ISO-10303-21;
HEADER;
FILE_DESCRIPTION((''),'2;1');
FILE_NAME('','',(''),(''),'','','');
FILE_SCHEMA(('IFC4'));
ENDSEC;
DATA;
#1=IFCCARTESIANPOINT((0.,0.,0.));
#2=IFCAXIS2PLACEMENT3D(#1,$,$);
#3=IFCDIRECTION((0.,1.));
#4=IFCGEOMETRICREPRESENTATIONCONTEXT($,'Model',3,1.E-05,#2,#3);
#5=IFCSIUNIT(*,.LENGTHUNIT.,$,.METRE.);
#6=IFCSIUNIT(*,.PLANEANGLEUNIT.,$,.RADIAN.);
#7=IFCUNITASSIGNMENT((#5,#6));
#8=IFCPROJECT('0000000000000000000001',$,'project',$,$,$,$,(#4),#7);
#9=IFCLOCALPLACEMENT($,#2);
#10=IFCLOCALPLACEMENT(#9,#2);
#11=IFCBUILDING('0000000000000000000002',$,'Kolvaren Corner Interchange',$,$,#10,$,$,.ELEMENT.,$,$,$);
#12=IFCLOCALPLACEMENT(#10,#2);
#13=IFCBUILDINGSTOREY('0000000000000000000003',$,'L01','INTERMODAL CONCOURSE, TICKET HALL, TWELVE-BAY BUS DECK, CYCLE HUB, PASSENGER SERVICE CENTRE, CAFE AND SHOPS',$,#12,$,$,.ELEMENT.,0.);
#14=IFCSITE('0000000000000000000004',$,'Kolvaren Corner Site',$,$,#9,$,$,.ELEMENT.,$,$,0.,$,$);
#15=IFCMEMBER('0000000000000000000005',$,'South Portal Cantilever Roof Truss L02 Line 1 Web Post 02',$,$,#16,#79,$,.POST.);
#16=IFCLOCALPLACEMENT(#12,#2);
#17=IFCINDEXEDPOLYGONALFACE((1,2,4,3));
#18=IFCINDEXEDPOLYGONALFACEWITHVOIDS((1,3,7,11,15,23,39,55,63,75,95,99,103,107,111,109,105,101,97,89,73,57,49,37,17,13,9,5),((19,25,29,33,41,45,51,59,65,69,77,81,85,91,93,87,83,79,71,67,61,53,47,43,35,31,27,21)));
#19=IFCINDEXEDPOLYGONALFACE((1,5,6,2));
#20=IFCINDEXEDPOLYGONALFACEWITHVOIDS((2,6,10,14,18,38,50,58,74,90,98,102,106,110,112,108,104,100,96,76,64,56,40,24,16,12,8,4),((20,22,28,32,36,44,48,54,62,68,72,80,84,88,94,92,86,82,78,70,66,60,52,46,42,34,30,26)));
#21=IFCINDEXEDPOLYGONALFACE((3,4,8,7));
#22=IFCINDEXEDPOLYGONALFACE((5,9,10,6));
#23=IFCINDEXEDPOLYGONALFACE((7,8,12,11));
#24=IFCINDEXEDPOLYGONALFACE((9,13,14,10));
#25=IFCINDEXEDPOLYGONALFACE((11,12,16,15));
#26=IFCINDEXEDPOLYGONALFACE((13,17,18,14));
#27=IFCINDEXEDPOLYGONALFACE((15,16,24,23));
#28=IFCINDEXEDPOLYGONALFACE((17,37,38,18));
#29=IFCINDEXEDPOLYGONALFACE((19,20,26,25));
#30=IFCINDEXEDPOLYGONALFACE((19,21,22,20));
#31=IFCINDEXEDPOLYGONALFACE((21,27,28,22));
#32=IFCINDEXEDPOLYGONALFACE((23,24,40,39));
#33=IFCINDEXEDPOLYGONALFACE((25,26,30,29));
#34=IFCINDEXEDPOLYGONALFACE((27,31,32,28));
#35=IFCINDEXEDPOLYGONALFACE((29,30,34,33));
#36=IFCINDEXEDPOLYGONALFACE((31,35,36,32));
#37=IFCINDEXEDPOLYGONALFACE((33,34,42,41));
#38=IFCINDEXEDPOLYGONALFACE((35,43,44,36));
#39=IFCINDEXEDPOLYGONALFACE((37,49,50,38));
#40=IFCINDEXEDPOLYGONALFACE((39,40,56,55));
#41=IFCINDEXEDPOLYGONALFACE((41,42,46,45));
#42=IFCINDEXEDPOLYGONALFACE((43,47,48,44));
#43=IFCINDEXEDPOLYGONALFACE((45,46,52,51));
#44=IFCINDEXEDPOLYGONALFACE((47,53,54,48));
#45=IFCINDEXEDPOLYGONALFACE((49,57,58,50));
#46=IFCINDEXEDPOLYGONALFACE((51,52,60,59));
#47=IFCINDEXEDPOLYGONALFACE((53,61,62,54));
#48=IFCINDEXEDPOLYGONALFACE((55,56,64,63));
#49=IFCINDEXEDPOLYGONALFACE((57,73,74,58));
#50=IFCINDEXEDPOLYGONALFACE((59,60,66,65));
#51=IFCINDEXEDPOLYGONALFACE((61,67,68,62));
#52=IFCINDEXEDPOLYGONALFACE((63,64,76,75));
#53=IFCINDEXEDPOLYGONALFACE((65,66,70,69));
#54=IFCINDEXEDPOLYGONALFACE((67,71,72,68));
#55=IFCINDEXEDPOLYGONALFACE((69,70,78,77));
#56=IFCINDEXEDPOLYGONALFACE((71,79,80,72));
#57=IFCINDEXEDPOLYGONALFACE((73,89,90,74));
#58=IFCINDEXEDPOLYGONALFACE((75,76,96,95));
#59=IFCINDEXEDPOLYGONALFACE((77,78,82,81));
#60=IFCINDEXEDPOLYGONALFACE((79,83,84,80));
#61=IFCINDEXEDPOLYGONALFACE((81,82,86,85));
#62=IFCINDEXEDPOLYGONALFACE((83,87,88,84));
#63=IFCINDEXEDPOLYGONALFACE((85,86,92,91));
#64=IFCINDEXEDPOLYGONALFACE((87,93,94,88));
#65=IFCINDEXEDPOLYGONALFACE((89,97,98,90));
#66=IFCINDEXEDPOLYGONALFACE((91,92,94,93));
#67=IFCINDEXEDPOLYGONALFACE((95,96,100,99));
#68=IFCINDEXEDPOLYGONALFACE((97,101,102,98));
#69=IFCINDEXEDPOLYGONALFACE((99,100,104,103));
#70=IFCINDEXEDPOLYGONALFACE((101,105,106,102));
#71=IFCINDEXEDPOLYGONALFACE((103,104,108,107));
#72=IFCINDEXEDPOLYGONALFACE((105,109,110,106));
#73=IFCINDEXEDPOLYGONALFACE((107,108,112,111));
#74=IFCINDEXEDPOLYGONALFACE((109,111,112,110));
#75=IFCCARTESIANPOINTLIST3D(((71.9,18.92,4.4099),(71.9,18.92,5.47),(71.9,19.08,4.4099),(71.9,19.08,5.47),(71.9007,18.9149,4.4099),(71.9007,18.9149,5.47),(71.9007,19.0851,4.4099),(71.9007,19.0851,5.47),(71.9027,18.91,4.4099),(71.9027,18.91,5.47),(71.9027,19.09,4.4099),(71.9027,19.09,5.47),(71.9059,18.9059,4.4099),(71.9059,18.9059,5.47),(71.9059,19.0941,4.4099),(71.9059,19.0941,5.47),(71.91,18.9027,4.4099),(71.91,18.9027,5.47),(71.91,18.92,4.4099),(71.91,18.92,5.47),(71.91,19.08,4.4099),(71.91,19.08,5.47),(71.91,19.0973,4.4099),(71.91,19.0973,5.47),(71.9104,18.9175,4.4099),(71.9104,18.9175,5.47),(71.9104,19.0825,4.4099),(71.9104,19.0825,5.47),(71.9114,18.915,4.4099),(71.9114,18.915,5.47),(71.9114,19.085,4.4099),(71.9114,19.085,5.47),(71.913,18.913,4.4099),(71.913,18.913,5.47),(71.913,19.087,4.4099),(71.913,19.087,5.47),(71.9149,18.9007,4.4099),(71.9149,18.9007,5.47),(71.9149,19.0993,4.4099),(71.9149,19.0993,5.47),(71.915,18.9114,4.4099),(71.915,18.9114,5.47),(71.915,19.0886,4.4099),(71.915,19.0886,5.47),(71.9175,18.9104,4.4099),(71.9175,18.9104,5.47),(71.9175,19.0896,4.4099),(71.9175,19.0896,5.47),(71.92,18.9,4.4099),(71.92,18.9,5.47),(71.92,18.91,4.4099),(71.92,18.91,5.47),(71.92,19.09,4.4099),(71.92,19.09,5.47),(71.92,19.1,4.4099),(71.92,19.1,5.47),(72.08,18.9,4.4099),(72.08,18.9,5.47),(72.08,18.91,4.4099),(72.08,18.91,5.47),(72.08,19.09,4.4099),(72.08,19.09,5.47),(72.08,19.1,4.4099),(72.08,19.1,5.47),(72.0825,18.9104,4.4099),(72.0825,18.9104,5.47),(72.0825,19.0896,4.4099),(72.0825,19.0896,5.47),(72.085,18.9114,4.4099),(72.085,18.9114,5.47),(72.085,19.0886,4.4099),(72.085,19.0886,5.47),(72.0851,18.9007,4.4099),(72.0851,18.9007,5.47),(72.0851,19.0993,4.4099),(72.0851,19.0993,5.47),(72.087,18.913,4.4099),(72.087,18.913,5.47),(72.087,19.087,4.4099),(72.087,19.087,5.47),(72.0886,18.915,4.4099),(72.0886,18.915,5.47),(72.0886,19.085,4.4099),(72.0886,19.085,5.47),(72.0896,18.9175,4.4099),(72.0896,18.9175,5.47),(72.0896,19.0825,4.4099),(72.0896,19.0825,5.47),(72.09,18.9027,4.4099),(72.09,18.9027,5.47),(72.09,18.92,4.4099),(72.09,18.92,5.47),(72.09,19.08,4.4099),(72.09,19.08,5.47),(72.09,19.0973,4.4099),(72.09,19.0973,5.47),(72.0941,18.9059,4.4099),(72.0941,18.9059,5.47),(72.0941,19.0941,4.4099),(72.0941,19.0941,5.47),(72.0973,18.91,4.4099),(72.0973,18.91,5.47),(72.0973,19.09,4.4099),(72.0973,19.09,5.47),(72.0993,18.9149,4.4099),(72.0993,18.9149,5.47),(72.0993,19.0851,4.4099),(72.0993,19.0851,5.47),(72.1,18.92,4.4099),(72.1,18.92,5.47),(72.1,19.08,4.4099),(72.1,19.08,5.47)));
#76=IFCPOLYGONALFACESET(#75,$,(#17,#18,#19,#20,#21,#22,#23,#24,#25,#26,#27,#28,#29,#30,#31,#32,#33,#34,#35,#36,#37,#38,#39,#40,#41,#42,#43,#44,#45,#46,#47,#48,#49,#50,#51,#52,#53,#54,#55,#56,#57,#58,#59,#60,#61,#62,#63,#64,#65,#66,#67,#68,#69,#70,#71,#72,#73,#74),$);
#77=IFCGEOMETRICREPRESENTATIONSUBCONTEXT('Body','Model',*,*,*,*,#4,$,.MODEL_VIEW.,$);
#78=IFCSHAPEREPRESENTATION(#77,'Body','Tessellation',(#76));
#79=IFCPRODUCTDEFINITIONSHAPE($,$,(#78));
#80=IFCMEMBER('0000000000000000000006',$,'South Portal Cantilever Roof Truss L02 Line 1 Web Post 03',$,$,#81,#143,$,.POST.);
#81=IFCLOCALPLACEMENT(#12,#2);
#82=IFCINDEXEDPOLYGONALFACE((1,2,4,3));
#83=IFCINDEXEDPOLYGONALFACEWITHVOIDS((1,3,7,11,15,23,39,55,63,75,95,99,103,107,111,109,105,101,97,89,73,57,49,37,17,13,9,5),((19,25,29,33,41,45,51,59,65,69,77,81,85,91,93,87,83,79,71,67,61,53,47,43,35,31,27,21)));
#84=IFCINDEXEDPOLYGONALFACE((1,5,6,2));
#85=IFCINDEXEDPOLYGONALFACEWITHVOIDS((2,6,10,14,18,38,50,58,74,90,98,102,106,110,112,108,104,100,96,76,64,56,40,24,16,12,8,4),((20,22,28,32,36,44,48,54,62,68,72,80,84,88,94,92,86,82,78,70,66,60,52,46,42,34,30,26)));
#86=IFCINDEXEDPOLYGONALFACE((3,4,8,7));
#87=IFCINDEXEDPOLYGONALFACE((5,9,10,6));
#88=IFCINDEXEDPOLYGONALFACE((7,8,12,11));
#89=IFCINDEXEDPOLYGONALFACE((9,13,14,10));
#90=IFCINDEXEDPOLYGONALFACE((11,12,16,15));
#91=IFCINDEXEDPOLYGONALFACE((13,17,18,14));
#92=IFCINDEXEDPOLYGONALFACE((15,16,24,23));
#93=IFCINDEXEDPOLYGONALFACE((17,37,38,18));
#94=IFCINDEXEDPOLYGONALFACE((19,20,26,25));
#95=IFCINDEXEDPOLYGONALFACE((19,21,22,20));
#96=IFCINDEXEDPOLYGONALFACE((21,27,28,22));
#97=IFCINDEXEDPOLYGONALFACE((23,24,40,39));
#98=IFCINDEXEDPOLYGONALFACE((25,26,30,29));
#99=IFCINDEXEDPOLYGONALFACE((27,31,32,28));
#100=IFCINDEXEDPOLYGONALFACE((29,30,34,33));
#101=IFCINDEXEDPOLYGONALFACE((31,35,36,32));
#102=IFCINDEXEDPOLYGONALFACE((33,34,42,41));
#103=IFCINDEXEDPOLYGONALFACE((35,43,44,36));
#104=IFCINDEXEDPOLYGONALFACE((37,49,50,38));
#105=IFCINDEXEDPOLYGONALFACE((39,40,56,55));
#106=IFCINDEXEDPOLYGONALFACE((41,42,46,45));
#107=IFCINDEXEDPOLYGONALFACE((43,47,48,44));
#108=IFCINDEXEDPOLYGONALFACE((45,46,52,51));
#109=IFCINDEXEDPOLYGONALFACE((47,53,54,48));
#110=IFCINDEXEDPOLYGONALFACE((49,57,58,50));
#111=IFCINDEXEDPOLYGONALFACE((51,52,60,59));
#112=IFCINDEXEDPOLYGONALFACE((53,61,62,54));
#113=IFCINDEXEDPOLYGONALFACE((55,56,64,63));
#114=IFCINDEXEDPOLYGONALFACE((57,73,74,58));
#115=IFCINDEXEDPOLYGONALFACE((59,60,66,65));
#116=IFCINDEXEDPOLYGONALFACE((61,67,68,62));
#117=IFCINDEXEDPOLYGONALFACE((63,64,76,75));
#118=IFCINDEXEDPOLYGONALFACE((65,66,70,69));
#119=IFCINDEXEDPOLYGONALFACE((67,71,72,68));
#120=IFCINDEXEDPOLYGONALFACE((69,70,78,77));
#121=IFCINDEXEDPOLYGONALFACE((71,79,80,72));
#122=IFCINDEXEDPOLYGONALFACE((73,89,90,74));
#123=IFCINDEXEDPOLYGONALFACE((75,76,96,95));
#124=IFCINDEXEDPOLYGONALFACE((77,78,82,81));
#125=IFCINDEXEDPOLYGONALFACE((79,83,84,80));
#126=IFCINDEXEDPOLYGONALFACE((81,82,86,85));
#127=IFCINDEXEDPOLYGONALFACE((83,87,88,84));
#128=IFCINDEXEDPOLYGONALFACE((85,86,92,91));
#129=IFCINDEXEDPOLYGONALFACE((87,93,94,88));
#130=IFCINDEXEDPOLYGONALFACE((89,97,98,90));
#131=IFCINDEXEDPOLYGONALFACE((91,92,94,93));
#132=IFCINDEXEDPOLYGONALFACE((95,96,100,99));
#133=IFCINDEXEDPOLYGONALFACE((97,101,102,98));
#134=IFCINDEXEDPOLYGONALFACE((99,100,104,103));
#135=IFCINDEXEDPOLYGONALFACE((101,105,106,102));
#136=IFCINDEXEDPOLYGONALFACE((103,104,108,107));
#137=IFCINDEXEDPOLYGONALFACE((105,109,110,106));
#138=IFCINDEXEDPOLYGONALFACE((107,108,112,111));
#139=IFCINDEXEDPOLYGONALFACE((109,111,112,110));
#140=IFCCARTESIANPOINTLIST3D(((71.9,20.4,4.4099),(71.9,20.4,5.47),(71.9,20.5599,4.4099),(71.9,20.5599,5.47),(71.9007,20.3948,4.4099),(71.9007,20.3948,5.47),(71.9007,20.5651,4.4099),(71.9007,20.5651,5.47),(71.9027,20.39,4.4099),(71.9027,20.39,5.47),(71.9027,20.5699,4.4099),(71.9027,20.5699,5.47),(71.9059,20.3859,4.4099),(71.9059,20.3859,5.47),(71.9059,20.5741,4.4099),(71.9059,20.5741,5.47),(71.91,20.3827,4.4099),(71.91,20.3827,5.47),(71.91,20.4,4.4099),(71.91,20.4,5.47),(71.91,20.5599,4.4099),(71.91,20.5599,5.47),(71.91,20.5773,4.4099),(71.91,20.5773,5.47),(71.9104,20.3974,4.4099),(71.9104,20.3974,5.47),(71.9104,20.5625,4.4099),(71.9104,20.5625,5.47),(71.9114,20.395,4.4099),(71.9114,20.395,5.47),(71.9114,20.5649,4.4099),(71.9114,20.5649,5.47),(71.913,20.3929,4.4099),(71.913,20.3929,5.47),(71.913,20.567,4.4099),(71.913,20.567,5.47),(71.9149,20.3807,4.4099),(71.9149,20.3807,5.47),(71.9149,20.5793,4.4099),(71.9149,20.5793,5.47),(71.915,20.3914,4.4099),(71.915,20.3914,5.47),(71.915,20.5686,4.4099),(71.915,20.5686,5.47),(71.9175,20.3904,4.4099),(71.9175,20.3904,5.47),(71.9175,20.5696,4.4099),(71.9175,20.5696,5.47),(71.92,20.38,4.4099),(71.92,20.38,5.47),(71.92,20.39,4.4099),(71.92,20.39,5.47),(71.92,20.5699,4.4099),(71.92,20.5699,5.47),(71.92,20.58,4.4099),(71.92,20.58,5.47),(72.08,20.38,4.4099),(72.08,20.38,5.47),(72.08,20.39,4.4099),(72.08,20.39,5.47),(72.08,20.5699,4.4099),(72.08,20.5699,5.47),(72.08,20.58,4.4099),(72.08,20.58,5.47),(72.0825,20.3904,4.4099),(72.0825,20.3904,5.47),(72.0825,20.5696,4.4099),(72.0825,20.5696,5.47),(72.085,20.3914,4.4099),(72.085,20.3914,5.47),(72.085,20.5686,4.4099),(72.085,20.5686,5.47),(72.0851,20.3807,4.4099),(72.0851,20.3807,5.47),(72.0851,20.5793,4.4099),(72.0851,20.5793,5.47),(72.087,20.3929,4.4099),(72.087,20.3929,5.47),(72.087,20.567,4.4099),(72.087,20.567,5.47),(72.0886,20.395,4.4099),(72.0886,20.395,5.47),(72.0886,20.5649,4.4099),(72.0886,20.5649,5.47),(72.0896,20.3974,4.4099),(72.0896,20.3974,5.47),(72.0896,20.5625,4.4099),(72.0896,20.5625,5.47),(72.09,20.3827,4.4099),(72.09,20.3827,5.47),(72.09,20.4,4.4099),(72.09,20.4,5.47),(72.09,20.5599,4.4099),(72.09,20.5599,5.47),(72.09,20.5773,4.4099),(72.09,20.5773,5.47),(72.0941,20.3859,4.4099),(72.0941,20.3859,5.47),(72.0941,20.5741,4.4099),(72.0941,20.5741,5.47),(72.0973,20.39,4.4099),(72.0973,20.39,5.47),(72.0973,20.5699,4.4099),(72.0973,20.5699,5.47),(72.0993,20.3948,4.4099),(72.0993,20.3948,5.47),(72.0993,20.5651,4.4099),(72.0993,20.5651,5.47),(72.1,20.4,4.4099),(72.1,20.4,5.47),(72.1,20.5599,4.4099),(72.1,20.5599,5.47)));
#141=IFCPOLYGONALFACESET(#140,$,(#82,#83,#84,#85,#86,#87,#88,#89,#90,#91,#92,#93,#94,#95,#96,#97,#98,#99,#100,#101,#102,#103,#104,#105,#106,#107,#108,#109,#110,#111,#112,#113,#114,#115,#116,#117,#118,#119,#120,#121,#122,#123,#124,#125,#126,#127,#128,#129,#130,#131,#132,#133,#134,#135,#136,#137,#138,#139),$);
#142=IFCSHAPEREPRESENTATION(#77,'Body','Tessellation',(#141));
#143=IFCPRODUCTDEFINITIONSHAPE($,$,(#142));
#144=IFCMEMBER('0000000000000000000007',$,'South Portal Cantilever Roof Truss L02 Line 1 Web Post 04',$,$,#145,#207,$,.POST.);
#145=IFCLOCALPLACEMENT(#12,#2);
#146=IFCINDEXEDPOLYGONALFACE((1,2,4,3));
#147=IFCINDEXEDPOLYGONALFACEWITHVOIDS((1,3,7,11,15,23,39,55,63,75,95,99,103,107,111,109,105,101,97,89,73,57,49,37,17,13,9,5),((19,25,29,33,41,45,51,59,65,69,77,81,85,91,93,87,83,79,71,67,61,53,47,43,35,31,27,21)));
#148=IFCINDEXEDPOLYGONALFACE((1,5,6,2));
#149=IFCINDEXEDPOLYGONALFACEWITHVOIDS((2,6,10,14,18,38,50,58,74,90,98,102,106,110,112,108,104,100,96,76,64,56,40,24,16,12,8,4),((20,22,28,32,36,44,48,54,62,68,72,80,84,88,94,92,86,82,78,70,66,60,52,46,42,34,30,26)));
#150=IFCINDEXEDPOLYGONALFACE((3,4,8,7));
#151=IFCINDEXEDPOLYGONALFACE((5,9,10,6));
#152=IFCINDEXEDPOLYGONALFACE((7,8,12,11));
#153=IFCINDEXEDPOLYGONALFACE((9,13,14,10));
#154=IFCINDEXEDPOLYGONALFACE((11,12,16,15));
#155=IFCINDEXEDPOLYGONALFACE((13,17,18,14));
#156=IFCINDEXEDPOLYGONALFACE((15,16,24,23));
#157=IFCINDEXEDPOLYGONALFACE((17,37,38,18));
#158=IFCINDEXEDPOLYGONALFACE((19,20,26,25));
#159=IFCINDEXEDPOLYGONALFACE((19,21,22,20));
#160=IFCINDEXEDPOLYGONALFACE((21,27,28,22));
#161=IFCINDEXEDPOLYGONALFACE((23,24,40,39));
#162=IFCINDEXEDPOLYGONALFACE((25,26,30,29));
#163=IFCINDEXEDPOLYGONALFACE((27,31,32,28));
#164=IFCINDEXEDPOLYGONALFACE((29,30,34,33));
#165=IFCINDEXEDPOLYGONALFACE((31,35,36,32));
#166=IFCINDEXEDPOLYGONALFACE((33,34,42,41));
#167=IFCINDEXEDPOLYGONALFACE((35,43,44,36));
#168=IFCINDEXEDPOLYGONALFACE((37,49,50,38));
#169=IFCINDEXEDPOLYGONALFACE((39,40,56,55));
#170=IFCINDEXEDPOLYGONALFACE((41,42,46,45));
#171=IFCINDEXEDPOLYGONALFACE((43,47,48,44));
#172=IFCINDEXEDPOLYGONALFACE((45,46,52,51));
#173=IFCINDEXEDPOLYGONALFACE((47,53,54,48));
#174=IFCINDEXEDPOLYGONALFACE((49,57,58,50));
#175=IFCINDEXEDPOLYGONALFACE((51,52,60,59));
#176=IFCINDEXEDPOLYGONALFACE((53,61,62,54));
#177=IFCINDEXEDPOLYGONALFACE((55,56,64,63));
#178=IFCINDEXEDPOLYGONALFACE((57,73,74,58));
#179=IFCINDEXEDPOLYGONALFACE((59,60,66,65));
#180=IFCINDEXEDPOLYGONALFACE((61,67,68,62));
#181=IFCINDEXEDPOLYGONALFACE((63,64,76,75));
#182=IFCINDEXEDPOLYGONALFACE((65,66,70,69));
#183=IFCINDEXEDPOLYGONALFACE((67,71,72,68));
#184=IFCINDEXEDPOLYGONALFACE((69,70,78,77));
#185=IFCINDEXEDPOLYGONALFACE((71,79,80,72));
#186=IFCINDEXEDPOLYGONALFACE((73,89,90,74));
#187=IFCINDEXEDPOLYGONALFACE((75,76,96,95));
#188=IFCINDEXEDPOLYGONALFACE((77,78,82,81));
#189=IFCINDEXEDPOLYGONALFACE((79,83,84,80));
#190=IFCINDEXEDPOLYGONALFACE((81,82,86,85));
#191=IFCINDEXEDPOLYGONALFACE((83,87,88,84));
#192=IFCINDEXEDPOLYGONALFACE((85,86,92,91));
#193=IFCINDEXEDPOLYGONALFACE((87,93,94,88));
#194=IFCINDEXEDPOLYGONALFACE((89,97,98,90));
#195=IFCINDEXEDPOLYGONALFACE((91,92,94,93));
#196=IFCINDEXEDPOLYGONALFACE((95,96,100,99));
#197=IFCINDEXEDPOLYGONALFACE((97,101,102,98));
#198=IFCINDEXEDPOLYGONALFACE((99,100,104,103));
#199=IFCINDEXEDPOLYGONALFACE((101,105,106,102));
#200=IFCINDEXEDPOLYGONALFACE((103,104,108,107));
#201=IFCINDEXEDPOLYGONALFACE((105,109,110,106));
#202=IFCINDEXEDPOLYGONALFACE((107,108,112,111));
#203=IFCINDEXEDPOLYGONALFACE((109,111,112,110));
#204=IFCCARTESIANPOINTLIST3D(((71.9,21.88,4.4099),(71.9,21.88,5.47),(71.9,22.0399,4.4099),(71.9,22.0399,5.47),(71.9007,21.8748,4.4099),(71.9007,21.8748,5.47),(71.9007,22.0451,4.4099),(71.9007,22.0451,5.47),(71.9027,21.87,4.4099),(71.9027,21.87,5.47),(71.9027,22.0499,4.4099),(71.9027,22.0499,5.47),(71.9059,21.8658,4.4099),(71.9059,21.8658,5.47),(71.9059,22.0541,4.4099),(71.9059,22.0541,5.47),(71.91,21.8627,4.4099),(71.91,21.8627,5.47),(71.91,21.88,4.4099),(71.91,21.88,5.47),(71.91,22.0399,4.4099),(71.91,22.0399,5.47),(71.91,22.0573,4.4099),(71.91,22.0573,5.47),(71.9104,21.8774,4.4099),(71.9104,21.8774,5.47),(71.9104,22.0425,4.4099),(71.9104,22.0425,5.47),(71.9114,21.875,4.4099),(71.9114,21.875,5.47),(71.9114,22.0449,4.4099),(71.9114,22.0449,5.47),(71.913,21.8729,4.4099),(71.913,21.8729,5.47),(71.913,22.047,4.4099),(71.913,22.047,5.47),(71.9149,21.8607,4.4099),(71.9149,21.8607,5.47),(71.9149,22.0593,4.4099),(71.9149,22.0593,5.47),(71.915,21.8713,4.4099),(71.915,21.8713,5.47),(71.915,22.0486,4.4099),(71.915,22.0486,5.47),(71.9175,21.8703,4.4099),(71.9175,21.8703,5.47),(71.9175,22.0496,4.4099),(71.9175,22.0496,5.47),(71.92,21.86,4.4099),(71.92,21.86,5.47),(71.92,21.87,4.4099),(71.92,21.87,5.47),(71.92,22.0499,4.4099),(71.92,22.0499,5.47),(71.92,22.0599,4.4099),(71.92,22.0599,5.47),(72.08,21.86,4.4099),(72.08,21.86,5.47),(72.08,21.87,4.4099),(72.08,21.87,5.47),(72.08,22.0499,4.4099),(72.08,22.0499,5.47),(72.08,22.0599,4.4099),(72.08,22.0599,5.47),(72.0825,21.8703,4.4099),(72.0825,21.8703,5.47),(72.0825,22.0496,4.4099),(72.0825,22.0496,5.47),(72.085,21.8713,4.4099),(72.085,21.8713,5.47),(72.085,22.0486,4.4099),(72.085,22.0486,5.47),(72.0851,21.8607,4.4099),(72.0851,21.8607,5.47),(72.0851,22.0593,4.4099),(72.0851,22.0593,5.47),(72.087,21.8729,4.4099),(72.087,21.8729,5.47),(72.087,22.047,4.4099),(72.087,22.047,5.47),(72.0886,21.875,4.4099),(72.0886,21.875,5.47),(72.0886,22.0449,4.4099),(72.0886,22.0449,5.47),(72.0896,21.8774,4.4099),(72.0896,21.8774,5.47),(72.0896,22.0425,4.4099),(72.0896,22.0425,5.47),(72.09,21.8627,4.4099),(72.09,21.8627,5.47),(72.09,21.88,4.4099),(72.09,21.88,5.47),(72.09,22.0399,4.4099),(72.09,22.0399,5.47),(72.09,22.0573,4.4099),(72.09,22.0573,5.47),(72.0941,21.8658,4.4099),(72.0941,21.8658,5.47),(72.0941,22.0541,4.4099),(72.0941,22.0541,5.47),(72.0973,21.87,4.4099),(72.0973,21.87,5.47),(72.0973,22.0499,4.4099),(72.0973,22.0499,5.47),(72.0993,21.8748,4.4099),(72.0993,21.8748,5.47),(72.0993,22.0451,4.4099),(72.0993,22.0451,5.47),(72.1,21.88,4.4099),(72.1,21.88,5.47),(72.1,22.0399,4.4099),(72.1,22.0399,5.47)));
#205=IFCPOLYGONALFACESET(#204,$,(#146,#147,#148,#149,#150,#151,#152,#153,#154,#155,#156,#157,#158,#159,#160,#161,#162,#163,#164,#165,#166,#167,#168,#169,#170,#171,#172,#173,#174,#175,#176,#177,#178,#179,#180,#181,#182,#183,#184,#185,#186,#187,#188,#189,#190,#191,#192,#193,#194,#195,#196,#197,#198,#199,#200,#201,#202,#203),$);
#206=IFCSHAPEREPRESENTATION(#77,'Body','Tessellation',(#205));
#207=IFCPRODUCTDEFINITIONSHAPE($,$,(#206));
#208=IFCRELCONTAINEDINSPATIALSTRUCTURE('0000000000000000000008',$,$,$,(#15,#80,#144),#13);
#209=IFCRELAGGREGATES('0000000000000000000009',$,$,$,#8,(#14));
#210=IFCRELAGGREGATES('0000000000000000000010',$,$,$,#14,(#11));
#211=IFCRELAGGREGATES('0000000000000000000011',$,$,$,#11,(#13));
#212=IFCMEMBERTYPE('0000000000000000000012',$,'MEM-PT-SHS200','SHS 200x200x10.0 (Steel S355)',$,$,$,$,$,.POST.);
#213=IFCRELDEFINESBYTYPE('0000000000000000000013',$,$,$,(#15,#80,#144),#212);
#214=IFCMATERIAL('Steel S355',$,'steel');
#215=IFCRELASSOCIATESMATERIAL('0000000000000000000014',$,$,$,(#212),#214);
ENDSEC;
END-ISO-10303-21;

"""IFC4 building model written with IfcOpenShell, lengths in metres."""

from ifc_helpers import new_model, si_unit, direction, frame, origin, origin_2d, place, context, subcontext, project, spatial, hollow_rectangle, extrude, material, material_profile, profile_set, type_object, element, save


model = new_model("IFC4")

# Units and contexts
model_context = context("Model", 3, precision=1e-05, world=origin(), true_north=direction((0.0, 1.0)))
body_context = subcontext(model_context, "Body", "Model", "MODEL_VIEW")
ifc_project = project(units=[si_unit("LENGTHUNIT", "METRE"), si_unit("PLANEANGLEUNIT", "RADIAN")], contexts=[model_context])

# Site, building, storey
site_placement = place(None, origin())
site = spatial("IfcSite", under=ifc_project, at=site_placement, Name="Kolvaren Corner Site", CompositionType="ELEMENT", RefElevation=0.0)
building_placement = place(site_placement, origin())
building = spatial("IfcBuilding", under=site, at=building_placement, Name="Kolvaren Corner Interchange", CompositionType="ELEMENT")
storey_placement = place(building_placement, origin())
storey = spatial("IfcBuildingStorey", under=building, at=storey_placement, Name="L01", Description="INTERMODAL CONCOURSE, TICKET HALL, TWELVE-BAY BUS DECK, CYCLE HUB, PASSENGER SERVICE CENTRE, CAFE AND SHOPS", CompositionType="ELEMENT", Elevation=0.0)

# Members
ifc_material_1 = material(Name="Steel S355", Category="steel")
ifc_material_profile_1 = material_profile(ifc_material_1, hollow_rectangle(XDim=0.2, YDim=0.2, WallThickness=0.01, InnerFilletRadius=0.01, OuterFilletRadius=0.02, at=origin_2d()), Name="SHS 200x200x10.0")
ifc_profile_set_1 = profile_set([ifc_material_profile_1], Name="Steel S355")
member_type_1 = type_object("IfcMemberType", Name="MEM-PT-SHS200", Description="SHS 200x200x10.0 (Steel S355)", PredefinedType="POST", material=ifc_profile_set_1)
for number, where, z_axis, x_axis, name in (
    (1, (72.0, 19.0, 4.4099), (0.0, 0.0, 1.0), (1.0, 0.0, 0.0), "South Portal Cantilever Roof Truss L02 Line 1 Web Post 02"),
    (2, (72.0, 20.48, 4.4099), (0.0, 0.0, 1.0), (1.0, 0.0, 0.0), "South Portal Cantilever Roof Truss L02 Line 1 Web Post 03"),
    (3, (72.0, 21.96, 4.4099), (0.0, 0.0, 1.0), (1.0, 0.0, 0.0), "South Portal Cantilever Roof Truss L02 Line 1 Web Post 04"),
):
    element("IfcMember", number, at=place(storey_placement, frame(where, z_axis=z_axis, x_axis=x_axis)), inside=storey, type_object=member_type_1, Name=name, PredefinedType="POST", context=body_context, shape_type="SweptSolid", body=[
        extrude(hollow_rectangle(XDim=0.2, YDim=0.2, WallThickness=0.01, InnerFilletRadius=0.01, OuterFilletRadius=0.02, at=origin_2d()), origin(), (0.0, 0.0, 1.0), 1.0601),
    ])

save(model, "model.ifc")
